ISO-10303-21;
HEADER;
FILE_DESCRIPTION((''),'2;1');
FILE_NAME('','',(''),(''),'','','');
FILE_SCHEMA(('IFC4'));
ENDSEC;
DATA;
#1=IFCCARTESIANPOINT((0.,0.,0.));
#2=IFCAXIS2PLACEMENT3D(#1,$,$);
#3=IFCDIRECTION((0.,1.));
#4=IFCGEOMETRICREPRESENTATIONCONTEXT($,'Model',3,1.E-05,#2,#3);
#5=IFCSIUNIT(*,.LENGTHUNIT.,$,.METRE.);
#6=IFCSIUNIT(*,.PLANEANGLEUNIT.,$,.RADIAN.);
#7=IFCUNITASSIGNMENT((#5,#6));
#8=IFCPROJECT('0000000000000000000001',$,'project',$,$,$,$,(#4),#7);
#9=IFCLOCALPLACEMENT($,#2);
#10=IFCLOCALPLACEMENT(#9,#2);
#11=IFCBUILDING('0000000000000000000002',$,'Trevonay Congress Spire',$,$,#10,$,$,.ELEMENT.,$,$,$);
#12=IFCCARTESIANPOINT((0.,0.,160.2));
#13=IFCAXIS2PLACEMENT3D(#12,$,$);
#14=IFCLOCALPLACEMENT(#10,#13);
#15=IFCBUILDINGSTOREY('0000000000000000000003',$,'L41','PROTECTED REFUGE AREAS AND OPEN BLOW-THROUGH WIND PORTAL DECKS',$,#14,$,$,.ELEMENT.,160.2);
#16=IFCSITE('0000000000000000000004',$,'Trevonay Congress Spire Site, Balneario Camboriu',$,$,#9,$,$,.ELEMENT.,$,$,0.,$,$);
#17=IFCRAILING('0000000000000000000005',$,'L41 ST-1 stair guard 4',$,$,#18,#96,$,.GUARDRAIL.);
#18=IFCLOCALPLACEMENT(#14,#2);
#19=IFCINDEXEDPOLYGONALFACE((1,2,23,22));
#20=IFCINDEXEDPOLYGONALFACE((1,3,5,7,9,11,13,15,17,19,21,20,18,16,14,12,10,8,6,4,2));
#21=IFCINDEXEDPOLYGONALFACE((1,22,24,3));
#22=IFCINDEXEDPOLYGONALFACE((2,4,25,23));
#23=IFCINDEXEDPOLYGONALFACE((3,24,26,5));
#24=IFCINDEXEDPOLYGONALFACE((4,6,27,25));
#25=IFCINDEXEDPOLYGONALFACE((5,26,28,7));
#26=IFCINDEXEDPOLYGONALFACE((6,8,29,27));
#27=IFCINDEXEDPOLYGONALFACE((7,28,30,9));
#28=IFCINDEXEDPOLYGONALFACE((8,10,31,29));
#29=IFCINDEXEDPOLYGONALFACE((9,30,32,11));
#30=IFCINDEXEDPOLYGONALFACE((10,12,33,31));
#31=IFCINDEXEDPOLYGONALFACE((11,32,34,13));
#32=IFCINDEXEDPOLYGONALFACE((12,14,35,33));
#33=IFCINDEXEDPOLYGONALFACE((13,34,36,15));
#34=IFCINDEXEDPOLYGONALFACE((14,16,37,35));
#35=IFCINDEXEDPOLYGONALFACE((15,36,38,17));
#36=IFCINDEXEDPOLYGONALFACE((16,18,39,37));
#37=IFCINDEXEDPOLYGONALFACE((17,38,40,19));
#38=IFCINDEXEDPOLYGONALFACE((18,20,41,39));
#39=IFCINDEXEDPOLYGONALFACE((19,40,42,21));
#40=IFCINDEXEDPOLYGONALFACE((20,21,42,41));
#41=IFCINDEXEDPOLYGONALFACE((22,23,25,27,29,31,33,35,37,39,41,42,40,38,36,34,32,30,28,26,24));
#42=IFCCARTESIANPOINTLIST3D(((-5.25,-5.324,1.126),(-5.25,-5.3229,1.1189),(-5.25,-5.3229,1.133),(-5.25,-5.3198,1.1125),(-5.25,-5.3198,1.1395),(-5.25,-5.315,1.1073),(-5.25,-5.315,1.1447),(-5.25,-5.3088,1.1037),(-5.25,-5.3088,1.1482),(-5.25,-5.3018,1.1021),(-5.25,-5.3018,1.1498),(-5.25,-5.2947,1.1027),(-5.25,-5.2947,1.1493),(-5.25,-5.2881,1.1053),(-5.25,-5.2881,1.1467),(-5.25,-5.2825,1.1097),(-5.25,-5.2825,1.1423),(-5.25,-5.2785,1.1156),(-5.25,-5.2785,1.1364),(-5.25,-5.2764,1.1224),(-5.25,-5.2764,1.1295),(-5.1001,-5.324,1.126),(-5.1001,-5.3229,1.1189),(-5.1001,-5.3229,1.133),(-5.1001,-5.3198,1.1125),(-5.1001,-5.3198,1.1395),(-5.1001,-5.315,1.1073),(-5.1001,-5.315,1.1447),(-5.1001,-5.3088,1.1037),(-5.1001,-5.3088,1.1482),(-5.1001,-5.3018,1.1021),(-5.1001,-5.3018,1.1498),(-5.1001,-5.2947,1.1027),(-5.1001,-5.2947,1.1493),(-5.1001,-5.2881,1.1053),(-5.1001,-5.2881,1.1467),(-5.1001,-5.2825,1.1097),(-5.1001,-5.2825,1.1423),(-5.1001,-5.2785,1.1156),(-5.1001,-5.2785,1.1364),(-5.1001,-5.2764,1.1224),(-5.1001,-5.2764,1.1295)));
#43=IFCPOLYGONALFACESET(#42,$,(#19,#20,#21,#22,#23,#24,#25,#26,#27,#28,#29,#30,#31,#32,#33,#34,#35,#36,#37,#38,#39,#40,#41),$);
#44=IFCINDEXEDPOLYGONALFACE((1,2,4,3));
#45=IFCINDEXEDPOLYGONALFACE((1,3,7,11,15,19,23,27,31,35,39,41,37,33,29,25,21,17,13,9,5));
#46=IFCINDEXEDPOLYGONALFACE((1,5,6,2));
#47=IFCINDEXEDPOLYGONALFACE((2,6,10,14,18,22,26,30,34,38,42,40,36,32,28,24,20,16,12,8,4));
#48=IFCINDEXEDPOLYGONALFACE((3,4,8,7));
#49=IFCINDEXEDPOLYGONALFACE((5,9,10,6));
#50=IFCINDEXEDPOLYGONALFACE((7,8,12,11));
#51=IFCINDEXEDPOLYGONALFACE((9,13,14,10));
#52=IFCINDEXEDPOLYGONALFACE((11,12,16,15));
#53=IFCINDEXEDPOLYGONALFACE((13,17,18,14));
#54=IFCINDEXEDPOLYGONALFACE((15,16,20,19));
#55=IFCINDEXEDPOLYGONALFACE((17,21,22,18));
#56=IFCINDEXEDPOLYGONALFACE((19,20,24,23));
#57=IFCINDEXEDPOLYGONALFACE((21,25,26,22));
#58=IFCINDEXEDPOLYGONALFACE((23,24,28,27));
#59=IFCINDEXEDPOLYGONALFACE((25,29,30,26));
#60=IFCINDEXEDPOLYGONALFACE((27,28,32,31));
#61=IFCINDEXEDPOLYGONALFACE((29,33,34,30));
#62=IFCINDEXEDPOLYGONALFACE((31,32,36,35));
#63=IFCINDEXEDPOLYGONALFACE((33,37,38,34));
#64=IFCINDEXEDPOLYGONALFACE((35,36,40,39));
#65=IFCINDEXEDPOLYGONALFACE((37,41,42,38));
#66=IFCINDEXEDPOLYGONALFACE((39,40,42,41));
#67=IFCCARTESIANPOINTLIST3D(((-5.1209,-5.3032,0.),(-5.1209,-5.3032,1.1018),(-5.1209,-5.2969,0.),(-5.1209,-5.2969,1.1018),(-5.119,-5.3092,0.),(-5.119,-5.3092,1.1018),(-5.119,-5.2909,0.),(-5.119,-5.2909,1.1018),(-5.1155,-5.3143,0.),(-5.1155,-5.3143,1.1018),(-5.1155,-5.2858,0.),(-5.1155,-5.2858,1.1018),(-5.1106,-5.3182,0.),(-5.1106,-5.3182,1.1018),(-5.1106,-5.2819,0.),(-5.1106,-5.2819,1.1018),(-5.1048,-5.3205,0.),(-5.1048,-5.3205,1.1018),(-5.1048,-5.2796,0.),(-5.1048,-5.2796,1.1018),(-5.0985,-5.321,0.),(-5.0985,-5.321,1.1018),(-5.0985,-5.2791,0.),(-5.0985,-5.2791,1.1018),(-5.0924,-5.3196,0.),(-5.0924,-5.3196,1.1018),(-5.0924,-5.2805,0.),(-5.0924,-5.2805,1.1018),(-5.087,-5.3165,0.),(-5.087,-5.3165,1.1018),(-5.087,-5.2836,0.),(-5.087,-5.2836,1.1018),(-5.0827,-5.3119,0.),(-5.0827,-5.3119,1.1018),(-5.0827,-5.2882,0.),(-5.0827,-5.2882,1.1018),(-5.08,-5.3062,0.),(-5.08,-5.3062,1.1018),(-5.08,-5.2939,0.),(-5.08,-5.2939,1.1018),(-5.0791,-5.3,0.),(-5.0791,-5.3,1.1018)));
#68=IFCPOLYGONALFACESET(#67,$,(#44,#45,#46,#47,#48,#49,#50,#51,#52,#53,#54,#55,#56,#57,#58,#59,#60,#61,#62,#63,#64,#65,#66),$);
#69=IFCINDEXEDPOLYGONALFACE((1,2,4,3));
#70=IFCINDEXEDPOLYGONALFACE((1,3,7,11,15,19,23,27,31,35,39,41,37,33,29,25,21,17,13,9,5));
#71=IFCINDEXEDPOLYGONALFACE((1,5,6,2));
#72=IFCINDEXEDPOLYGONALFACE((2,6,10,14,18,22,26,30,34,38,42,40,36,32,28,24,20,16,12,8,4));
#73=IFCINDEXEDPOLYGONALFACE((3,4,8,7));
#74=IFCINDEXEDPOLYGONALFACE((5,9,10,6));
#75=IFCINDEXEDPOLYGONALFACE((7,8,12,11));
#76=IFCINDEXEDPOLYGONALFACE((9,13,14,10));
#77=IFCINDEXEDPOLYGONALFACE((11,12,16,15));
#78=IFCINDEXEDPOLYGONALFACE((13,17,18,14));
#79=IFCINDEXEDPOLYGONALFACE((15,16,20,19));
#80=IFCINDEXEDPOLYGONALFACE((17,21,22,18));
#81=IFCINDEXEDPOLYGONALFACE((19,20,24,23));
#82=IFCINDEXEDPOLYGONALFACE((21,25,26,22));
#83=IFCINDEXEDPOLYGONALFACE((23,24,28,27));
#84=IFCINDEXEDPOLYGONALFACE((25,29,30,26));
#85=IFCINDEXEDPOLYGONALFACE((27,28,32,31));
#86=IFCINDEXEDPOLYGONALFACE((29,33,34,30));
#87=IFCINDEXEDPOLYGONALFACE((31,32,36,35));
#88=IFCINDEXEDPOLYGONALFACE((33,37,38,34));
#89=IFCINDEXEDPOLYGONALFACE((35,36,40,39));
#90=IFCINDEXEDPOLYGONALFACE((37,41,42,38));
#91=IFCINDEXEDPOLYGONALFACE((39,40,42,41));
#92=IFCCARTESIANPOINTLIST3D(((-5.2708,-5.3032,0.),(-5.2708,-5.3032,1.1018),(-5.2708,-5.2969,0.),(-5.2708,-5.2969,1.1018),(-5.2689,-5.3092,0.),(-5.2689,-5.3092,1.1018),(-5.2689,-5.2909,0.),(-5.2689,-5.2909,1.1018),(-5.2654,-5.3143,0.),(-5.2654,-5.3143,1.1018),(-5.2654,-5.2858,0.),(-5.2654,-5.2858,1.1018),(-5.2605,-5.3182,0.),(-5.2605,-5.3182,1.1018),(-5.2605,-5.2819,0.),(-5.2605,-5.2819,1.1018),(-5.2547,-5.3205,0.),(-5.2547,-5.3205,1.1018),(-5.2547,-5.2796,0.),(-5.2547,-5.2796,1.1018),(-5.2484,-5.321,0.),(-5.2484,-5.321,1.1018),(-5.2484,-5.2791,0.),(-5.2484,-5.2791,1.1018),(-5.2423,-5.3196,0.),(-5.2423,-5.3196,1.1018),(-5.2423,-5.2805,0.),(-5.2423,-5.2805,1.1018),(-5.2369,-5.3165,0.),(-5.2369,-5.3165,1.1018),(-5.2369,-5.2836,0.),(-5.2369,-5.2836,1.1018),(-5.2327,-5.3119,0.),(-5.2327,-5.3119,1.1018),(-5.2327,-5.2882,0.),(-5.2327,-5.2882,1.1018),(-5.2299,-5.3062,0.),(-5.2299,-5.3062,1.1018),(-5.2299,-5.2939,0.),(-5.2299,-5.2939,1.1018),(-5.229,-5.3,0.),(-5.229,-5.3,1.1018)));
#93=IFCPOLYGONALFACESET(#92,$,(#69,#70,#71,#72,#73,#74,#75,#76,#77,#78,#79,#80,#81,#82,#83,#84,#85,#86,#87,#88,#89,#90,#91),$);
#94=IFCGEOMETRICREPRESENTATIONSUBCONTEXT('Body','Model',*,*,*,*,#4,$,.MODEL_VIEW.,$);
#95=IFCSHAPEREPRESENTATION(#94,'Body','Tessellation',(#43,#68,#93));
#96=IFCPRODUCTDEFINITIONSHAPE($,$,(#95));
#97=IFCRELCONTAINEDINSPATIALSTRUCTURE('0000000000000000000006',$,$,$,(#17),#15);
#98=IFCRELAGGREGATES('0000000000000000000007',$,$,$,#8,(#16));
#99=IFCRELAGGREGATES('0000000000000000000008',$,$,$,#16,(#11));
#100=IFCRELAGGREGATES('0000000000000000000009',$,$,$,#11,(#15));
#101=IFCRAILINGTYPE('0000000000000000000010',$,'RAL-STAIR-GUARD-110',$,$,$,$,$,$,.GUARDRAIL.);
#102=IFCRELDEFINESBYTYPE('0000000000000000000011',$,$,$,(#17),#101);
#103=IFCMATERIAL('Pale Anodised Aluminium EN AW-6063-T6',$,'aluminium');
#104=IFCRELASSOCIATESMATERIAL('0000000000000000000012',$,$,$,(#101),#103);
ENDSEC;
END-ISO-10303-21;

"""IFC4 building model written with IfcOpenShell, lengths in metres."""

from ifc_helpers import new_model, si_unit, direction, frame, origin, origin_2d, place, context, subcontext, project, spatial, circle, extrude, material, type_object, element, save


model = new_model("IFC4")

# Units and contexts
model_context = context("Model", 3, precision=1e-05, world=origin(), true_north=direction((0.0, 1.0)))
body_context = subcontext(model_context, "Body", "Model", "MODEL_VIEW")
ifc_project = project(units=[si_unit("LENGTHUNIT", "METRE"), si_unit("PLANEANGLEUNIT", "RADIAN")], contexts=[model_context])

# Site, building, storey
site_placement = place(None, origin())
site = spatial("IfcSite", under=ifc_project, at=site_placement, Name="Trevonay Congress Spire Site, Balneario Camboriu", CompositionType="ELEMENT", RefElevation=0.0)
building_placement = place(site_placement, origin())
building = spatial("IfcBuilding", under=site, at=building_placement, Name="Trevonay Congress Spire", CompositionType="ELEMENT")
storey_placement = place(building_placement, frame((0.0, 0.0, 160.2)))
storey = spatial("IfcBuildingStorey", under=building, at=storey_placement, Name="L41", Description="PROTECTED REFUGE AREAS AND OPEN BLOW-THROUGH WIND PORTAL DECKS", CompositionType="ELEMENT", Elevation=160.2)

# Railing
ifc_material_1 = material(Name="Pale Anodised Aluminium EN AW-6063-T6", Category="aluminium")
railing_type_1 = type_object("IfcRailingType", Name="RAL-STAIR-GUARD-110", PredefinedType="GUARDRAIL", material=ifc_material_1)
railing_1_placement = place(storey_placement, frame((-5.1001, -5.3, 0.0)))
element("IfcRailing", 1, at=railing_1_placement, inside=storey, type_object=railing_type_1, Name="L41 ST-1 stair guard 4", PredefinedType="GUARDRAIL", context=body_context, shape_type="SweptSolid", body=[
    extrude(circle(Radius=0.0239, at=origin_2d()), frame((0.0, 0.0, 1.126), z_axis=(-1.0, 0.0, 0.0), x_axis=(0.0, -1.0, 0.0)), (0.0, 0.0, 1.0), 0.1499),
    extrude(circle(Radius=0.021, at=origin_2d()), origin(), (0.0, 0.0, 1.0), 1.1018),
    extrude(circle(Radius=0.021, at=origin_2d()), frame((-0.1499, 0.0, 0.0)), (0.0, 0.0, 1.0), 1.1018),
])

save(model, "model.ifc")
